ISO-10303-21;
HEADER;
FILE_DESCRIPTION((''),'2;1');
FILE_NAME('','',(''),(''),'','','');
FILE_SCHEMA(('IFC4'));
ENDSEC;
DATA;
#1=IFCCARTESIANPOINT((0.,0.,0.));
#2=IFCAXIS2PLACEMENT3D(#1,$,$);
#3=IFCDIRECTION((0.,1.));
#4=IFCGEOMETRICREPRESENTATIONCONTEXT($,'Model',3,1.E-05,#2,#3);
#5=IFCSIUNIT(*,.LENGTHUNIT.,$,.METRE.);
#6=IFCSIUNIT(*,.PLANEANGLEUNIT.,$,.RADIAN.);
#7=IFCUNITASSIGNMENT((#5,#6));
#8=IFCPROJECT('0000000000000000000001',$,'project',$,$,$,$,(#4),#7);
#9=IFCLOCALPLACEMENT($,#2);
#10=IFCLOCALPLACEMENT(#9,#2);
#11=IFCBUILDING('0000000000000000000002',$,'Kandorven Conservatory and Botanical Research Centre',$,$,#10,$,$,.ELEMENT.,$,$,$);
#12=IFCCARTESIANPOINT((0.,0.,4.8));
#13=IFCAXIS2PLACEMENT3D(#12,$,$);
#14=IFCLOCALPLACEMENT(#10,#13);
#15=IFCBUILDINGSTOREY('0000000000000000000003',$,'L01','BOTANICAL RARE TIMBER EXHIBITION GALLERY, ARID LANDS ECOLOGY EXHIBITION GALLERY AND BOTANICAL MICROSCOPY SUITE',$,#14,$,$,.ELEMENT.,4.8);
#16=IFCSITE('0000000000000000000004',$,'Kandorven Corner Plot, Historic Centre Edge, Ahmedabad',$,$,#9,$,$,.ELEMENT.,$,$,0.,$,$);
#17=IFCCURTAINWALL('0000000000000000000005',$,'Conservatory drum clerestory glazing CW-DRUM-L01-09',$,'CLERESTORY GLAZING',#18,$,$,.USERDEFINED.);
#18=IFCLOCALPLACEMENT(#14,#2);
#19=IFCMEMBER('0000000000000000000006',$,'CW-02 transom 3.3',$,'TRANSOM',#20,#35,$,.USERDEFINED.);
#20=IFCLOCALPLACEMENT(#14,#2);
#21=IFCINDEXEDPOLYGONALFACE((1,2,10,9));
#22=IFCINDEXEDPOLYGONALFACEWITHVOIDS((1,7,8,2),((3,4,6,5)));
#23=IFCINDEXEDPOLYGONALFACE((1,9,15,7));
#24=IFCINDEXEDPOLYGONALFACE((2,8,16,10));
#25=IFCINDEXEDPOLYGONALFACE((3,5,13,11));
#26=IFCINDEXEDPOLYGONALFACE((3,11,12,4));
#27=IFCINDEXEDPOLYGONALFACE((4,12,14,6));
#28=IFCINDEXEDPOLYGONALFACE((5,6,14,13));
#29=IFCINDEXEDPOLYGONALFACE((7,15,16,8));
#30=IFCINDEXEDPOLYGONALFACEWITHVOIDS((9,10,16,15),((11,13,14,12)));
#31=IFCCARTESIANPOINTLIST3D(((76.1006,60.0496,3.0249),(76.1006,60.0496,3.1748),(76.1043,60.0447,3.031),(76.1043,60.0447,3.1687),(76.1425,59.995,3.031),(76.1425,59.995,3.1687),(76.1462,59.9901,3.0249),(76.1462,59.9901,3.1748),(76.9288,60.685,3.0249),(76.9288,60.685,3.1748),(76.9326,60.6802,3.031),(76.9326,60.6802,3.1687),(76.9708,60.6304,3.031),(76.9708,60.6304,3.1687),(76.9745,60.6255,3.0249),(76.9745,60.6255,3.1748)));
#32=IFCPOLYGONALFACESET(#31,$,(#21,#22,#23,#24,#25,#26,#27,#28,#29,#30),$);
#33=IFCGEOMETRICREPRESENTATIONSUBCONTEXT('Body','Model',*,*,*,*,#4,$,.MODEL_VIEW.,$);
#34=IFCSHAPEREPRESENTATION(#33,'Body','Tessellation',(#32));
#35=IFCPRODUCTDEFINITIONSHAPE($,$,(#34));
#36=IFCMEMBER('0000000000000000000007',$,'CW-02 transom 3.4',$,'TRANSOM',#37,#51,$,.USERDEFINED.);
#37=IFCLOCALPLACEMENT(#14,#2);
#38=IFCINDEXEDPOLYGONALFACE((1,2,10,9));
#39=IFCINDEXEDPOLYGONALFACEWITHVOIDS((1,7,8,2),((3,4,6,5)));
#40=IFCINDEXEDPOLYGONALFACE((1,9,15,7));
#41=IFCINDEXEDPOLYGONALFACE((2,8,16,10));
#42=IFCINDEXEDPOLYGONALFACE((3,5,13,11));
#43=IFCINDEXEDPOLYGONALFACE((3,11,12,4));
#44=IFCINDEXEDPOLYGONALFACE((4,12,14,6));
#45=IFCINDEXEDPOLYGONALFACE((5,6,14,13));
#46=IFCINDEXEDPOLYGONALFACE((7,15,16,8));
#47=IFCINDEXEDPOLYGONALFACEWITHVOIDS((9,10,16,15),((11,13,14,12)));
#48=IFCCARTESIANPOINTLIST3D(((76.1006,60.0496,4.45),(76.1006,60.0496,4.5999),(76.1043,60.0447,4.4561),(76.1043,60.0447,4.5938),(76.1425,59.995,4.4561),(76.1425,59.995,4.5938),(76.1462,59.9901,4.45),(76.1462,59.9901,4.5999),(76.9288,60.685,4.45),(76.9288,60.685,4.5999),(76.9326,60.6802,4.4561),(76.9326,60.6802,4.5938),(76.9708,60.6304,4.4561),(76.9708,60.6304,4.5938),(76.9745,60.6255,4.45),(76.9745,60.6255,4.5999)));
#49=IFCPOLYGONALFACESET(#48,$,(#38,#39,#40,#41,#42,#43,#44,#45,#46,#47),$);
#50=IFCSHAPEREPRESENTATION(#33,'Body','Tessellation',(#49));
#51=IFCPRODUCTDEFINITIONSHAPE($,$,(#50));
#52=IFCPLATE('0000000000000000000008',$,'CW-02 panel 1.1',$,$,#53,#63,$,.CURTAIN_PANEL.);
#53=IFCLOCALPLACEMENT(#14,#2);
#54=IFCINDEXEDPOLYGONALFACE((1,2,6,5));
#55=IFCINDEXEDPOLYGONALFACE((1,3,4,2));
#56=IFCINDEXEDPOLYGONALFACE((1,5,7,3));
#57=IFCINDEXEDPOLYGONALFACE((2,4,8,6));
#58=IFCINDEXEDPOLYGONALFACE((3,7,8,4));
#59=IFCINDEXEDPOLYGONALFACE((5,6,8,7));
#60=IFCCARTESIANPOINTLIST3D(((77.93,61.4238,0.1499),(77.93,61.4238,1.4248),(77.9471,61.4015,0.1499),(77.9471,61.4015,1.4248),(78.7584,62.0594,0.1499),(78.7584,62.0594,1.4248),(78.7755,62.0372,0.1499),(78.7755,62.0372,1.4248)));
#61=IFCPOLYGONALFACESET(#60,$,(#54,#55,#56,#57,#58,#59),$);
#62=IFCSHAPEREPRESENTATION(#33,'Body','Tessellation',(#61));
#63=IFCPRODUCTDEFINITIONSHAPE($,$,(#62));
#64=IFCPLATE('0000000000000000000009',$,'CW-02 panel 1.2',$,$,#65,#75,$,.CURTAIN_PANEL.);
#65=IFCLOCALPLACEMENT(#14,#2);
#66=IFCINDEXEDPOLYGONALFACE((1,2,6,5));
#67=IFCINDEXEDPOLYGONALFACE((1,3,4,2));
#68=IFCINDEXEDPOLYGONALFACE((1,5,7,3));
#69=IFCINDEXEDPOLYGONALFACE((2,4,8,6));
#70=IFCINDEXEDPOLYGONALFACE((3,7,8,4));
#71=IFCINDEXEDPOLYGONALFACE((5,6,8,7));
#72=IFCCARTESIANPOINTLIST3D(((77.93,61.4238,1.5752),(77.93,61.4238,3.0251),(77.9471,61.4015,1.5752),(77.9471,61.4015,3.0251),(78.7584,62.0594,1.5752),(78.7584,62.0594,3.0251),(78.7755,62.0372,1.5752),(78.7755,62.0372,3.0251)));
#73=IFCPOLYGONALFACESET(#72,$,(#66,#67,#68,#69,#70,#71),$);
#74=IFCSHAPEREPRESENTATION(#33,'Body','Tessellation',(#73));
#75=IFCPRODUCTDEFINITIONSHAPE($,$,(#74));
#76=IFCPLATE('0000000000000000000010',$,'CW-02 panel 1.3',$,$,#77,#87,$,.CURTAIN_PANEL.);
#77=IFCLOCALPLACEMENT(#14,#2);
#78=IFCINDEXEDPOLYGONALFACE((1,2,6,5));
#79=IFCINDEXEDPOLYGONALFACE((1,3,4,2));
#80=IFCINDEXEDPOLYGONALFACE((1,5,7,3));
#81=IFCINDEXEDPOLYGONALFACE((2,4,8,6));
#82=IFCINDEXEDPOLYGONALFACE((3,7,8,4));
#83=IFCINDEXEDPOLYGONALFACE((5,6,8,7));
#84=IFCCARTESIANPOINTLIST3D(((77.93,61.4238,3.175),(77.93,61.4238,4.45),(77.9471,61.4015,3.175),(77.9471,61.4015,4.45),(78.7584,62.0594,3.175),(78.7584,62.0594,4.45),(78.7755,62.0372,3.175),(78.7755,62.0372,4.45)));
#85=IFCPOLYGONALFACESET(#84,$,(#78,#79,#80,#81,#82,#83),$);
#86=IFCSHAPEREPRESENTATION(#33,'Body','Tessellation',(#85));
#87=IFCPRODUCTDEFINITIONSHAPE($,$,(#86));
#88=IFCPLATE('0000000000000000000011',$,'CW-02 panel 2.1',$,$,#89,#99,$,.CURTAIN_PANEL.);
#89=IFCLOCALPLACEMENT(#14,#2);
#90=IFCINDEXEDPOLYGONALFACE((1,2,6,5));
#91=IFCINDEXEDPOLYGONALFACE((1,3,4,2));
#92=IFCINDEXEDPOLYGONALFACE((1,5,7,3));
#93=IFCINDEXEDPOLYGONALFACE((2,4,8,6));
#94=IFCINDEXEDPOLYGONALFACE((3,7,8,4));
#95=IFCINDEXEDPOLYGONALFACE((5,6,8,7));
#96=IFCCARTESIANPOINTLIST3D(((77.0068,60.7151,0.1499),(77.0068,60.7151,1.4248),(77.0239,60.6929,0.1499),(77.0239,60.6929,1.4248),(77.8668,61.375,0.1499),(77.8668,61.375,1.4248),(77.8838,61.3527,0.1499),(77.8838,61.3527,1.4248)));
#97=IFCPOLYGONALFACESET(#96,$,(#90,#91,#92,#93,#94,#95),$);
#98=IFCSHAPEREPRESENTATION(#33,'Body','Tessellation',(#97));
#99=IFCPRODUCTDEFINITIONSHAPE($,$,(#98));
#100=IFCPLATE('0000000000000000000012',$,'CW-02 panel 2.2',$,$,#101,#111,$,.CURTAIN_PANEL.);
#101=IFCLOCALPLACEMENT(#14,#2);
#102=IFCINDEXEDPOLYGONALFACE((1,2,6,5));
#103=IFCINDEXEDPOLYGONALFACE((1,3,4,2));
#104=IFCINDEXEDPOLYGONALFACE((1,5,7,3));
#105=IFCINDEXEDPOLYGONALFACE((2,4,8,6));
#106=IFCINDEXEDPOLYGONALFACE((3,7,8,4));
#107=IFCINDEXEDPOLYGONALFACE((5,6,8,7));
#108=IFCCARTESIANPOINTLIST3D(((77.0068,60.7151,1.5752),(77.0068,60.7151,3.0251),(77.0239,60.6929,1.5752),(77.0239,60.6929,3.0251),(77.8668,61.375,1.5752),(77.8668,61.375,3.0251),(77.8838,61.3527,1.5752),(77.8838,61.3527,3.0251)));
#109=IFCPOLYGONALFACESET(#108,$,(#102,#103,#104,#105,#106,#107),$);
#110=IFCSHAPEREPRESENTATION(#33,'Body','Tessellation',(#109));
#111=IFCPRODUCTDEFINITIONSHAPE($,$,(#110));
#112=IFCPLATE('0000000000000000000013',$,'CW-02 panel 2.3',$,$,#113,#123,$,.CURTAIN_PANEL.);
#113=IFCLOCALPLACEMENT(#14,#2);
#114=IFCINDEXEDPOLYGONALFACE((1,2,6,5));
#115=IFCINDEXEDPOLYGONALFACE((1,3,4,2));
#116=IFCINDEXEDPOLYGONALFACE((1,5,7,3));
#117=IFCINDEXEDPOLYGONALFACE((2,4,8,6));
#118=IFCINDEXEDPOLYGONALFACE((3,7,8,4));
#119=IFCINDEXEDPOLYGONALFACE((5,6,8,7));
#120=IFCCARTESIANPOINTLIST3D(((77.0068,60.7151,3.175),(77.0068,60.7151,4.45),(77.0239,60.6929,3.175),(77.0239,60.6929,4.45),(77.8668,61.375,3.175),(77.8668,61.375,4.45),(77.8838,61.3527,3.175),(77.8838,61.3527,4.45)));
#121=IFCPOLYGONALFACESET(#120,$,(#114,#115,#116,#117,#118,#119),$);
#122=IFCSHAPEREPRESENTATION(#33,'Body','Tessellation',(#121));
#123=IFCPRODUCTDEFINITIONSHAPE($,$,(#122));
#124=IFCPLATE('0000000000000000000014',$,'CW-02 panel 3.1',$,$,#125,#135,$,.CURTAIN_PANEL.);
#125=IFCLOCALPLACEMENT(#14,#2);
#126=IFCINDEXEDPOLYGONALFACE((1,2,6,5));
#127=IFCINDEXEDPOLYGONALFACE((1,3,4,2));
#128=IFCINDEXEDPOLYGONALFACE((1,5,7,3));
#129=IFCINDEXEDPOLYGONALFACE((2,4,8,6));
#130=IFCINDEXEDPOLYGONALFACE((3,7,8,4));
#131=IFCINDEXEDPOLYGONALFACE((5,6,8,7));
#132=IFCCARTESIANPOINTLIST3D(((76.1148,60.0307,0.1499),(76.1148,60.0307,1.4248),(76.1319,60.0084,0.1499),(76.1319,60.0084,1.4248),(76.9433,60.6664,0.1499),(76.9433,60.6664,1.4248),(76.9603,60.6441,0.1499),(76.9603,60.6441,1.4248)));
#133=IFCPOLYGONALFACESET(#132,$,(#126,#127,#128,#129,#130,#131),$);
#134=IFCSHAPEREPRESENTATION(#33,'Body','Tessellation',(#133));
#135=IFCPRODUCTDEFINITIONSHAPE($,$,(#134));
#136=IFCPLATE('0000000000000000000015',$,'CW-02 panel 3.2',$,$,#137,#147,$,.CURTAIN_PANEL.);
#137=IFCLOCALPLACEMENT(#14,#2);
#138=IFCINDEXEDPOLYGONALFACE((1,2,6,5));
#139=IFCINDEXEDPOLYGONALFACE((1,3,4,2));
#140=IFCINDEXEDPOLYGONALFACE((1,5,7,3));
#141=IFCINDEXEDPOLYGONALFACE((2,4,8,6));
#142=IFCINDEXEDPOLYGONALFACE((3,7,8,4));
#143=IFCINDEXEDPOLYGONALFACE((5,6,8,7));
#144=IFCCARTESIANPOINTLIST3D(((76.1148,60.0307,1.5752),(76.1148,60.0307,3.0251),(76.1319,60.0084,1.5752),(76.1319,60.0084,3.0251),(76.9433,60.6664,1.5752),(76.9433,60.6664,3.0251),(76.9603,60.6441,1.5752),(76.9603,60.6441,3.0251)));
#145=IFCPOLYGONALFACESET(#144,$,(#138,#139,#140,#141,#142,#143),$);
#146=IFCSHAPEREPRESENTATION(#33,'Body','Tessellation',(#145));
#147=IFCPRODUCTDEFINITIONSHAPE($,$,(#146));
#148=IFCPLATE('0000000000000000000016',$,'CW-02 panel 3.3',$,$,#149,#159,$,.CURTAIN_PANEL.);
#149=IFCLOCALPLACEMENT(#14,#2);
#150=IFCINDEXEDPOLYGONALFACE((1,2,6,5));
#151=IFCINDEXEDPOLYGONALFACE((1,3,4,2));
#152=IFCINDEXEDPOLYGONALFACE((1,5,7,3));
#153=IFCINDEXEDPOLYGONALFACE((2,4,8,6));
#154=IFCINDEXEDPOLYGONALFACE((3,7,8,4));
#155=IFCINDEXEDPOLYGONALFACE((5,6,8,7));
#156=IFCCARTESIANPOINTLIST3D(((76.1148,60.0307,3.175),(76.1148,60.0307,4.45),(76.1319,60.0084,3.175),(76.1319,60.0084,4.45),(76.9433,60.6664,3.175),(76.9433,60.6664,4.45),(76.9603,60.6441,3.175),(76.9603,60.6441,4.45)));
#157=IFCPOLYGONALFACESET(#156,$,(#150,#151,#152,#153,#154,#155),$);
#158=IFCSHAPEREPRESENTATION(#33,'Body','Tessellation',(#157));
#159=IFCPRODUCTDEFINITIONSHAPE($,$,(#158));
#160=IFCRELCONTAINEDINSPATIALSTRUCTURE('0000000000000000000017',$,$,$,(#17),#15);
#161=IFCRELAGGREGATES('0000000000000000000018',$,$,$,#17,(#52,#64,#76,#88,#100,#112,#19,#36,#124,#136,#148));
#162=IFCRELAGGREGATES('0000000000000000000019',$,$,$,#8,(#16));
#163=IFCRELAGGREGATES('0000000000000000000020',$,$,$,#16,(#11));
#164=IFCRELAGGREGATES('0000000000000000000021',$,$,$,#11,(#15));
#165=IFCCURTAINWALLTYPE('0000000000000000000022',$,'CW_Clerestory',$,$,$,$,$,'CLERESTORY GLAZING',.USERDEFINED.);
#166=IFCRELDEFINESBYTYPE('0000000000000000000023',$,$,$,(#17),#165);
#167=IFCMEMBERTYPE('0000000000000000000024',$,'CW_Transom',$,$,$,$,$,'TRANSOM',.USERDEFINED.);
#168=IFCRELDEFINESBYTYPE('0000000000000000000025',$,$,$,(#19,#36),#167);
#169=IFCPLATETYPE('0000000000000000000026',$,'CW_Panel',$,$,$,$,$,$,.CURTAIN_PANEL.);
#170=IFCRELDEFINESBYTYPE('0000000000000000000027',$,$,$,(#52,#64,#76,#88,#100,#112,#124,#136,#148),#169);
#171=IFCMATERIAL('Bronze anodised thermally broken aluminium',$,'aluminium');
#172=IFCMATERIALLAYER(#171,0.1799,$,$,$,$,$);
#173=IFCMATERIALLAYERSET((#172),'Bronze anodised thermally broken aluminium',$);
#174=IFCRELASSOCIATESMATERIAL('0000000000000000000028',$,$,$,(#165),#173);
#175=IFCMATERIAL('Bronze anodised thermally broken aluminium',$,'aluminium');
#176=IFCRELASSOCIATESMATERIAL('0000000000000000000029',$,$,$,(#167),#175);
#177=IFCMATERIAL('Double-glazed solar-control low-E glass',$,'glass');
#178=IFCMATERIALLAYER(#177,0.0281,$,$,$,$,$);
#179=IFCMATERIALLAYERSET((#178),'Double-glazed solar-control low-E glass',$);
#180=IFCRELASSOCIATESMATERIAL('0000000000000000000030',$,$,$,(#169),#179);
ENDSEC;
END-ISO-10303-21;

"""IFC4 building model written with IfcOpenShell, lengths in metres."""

from ifc_helpers import new_model, si_unit, direction, frame, origin, origin_2d, place, context, subcontext, project, spatial, rectangle, hollow_rectangle, extrude, material, layer, layer_set, material_profile, profile_set, type_object, element, aggregate, save


model = new_model("IFC4")

# Units and contexts
model_context = context("Model", 3, precision=1e-05, world=origin(), true_north=direction((0.0, 1.0)))
body_context = subcontext(model_context, "Body", "Model", "MODEL_VIEW")
ifc_project = project(units=[si_unit("LENGTHUNIT", "METRE"), si_unit("PLANEANGLEUNIT", "RADIAN")], contexts=[model_context])

# Site, building, storey
site_placement = place(None, origin())
site = spatial("IfcSite", under=ifc_project, at=site_placement, Name="Kandorven Corner Plot, Historic Centre Edge, Ahmedabad", CompositionType="ELEMENT", RefElevation=0.0)
building_placement = place(site_placement, origin())
building = spatial("IfcBuilding", under=site, at=building_placement, Name="Kandorven Conservatory and Botanical Research Centre", CompositionType="ELEMENT")
storey_placement = place(building_placement, frame((0.0, 0.0, 4.8)))
storey = spatial("IfcBuildingStorey", under=building, at=storey_placement, Name="L01", Description="BOTANICAL RARE TIMBER EXHIBITION GALLERY, ARID LANDS ECOLOGY EXHIBITION GALLERY AND BOTANICAL MICROSCOPY SUITE", CompositionType="ELEMENT", Elevation=4.8)

# Curtain wall
ifc_material_1 = material(Name="Bronze anodised thermally broken aluminium", Category="aluminium")
ifc_layer_1 = layer(ifc_material_1, 0.1799)
ifc_layer_set_1 = layer_set([ifc_layer_1], Name="Bronze anodised thermally broken aluminium")
curtain_wall_type = type_object("IfcCurtainWallType", Name="CW_Clerestory", ElementType="CLERESTORY GLAZING", PredefinedType="USERDEFINED", material=ifc_layer_set_1)
curtain_wall_1_placement = place(storey_placement, origin())
curtain_wall_1 = element("IfcCurtainWall", 1, at=curtain_wall_1_placement, inside=storey, type_object=curtain_wall_type, Name="Conservatory drum clerestory glazing CW-DRUM-L01-09", ObjectType="CLERESTORY GLAZING", PredefinedType="USERDEFINED")

# Members
ifc_material_2 = material(Name="Bronze anodised thermally broken aluminium", Category="aluminium")
ifc_material_profile_1 = material_profile(ifc_material_2, hollow_rectangle(XDim=0.075, YDim=0.1499, WallThickness=0.0061, at=origin_2d()))
ifc_profile_set_1 = profile_set([ifc_material_profile_1], Name="Bronze anodised thermally broken aluminium")
member_type_1 = type_object("IfcMemberType", Name="CW_Transom", ElementType="TRANSOM", PredefinedType="USERDEFINED", material=ifc_profile_set_1)
member_1_placement = place(storey_placement, frame((76.9517, 60.6553, 3.0999), z_axis=(-0.793414, -0.608682, 0.0), x_axis=(0.608682, -0.793414, 0.0)))
member_1 = element("IfcMember", 2, at=member_1_placement, type_object=member_type_1, Name="CW-02 transom 3.3", ObjectType="TRANSOM", PredefinedType="USERDEFINED", context=body_context, shape_type="SweptSolid", body=[
    extrude(hollow_rectangle(XDim=0.075, YDim=0.1499, WallThickness=0.0061, at=origin_2d()), origin(), (0.0, 0.0, 1.0), 1.0439),
])
member_2_placement = place(storey_placement, frame((76.9517, 60.6553, 4.5249), z_axis=(-0.793414, -0.608682, 0.0), x_axis=(0.608682, -0.793414, 0.0)))
member_2 = element("IfcMember", 3, at=member_2_placement, type_object=member_type_1, Name="CW-02 transom 3.4", ObjectType="TRANSOM", PredefinedType="USERDEFINED", context=body_context, shape_type="SweptSolid", body=[
    extrude(hollow_rectangle(XDim=0.075, YDim=0.1499, WallThickness=0.0061, at=origin_2d()), origin(), (0.0, 0.0, 1.0), 1.0439),
])

# Plates
ifc_material_3 = material(Name="Double-glazed solar-control low-E glass", Category="glass")
ifc_layer_2 = layer(ifc_material_3, 0.0281)
ifc_layer_set_2 = layer_set([ifc_layer_2], Name="Double-glazed solar-control low-E glass")
plate_type = type_object("IfcPlateType", Name="CW_Panel", PredefinedType="CURTAIN_PANEL", material=ifc_layer_set_2)
plate_1_placement = place(storey_placement, frame((78.3528, 61.7305, 0.1499), z_axis=(0.0, 0.0, 1.0), x_axis=(-0.793347, -0.608769, 0.0)))
plate_1 = element("IfcPlate", 4, at=plate_1_placement, type_object=plate_type, Name="CW-02 panel 1.1", PredefinedType="CURTAIN_PANEL", context=body_context, shape_type="SweptSolid", body=[
    extrude(rectangle(XDim=1.0442, YDim=0.0281, at=origin_2d()), origin(), (0.0, 0.0, 1.0), 1.2749),
])
plate_2_placement = place(storey_placement, frame((78.3528, 61.7305, 1.5752), z_axis=(0.0, 0.0, 1.0), x_axis=(-0.793347, -0.608769, 0.0)))
plate_2 = element("IfcPlate", 5, at=plate_2_placement, type_object=plate_type, Name="CW-02 panel 1.2", PredefinedType="CURTAIN_PANEL", context=body_context, shape_type="SweptSolid", body=[
    extrude(rectangle(XDim=1.0442, YDim=0.0281, at=origin_2d()), origin(), (0.0, 0.0, 1.0), 1.45),
])
plate_3_placement = place(storey_placement, frame((78.3528, 61.7305, 3.175), z_axis=(0.0, 0.0, 1.0), x_axis=(-0.793347, -0.608769, 0.0)))
plate_3 = element("IfcPlate", 6, at=plate_3_placement, type_object=plate_type, Name="CW-02 panel 1.3", PredefinedType="CURTAIN_PANEL", context=body_context, shape_type="SweptSolid", body=[
    extrude(rectangle(XDim=1.0442, YDim=0.0281, at=origin_2d()), origin(), (0.0, 0.0, 1.0), 1.2749),
])
plate_4_placement = place(storey_placement, frame((77.4453, 61.0339, 0.1499), z_axis=(0.0, 0.0, 1.0), x_axis=(-0.793347, -0.608769, 0.0)))
plate_4 = element("IfcPlate", 7, at=plate_4_placement, type_object=plate_type, Name="CW-02 panel 2.1", PredefinedType="CURTAIN_PANEL", context=body_context, shape_type="SweptSolid", body=[
    extrude(rectangle(XDim=1.084, YDim=0.0281, at=origin_2d()), origin(), (0.0, 0.0, 1.0), 1.2749),
])
plate_5_placement = place(storey_placement, frame((77.4453, 61.0339, 1.5752), z_axis=(0.0, 0.0, 1.0), x_axis=(-0.793347, -0.608769, 0.0)))
plate_5 = element("IfcPlate", 8, at=plate_5_placement, type_object=plate_type, Name="CW-02 panel 2.2", PredefinedType="CURTAIN_PANEL", context=body_context, shape_type="SweptSolid", body=[
    extrude(rectangle(XDim=1.084, YDim=0.0281, at=origin_2d()), origin(), (0.0, 0.0, 1.0), 1.45),
])
plate_6_placement = place(storey_placement, frame((77.4453, 61.0339, 3.175), z_axis=(0.0, 0.0, 1.0), x_axis=(-0.793347, -0.608769, 0.0)))
plate_6 = element("IfcPlate", 9, at=plate_6_placement, type_object=plate_type, Name="CW-02 panel 2.3", PredefinedType="CURTAIN_PANEL", context=body_context, shape_type="SweptSolid", body=[
    extrude(rectangle(XDim=1.084, YDim=0.0281, at=origin_2d()), origin(), (0.0, 0.0, 1.0), 1.2749),
])
plate_7_placement = place(storey_placement, frame((76.5376, 60.3374, 0.1499), z_axis=(0.0, 0.0, 1.0), x_axis=(-0.793347, -0.608769, 0.0)))
plate_7 = element("IfcPlate", 10, at=plate_7_placement, type_object=plate_type, Name="CW-02 panel 3.1", PredefinedType="CURTAIN_PANEL", context=body_context, shape_type="SweptSolid", body=[
    extrude(rectangle(XDim=1.0442, YDim=0.0281, at=origin_2d()), origin(), (0.0, 0.0, 1.0), 1.2749),
])
plate_8_placement = place(storey_placement, frame((76.5376, 60.3374, 1.5752), z_axis=(0.0, 0.0, 1.0), x_axis=(-0.793347, -0.608769, 0.0)))
plate_8 = element("IfcPlate", 11, at=plate_8_placement, type_object=plate_type, Name="CW-02 panel 3.2", PredefinedType="CURTAIN_PANEL", context=body_context, shape_type="SweptSolid", body=[
    extrude(rectangle(XDim=1.0442, YDim=0.0281, at=origin_2d()), origin(), (0.0, 0.0, 1.0), 1.45),
])
plate_9_placement = place(storey_placement, frame((76.5376, 60.3374, 3.175), z_axis=(0.0, 0.0, 1.0), x_axis=(-0.793347, -0.608769, 0.0)))
plate_9 = element("IfcPlate", 12, at=plate_9_placement, type_object=plate_type, Name="CW-02 panel 3.3", PredefinedType="CURTAIN_PANEL", context=body_context, shape_type="SweptSolid", body=[
    extrude(rectangle(XDim=1.0442, YDim=0.0281, at=origin_2d()), origin(), (0.0, 0.0, 1.0), 1.2749),
])
aggregate(curtain_wall_1, [plate_1, plate_2, plate_3, plate_4, plate_5, plate_6, member_1, member_2, plate_7, plate_8, plate_9])

save(model, "model.ifc")
